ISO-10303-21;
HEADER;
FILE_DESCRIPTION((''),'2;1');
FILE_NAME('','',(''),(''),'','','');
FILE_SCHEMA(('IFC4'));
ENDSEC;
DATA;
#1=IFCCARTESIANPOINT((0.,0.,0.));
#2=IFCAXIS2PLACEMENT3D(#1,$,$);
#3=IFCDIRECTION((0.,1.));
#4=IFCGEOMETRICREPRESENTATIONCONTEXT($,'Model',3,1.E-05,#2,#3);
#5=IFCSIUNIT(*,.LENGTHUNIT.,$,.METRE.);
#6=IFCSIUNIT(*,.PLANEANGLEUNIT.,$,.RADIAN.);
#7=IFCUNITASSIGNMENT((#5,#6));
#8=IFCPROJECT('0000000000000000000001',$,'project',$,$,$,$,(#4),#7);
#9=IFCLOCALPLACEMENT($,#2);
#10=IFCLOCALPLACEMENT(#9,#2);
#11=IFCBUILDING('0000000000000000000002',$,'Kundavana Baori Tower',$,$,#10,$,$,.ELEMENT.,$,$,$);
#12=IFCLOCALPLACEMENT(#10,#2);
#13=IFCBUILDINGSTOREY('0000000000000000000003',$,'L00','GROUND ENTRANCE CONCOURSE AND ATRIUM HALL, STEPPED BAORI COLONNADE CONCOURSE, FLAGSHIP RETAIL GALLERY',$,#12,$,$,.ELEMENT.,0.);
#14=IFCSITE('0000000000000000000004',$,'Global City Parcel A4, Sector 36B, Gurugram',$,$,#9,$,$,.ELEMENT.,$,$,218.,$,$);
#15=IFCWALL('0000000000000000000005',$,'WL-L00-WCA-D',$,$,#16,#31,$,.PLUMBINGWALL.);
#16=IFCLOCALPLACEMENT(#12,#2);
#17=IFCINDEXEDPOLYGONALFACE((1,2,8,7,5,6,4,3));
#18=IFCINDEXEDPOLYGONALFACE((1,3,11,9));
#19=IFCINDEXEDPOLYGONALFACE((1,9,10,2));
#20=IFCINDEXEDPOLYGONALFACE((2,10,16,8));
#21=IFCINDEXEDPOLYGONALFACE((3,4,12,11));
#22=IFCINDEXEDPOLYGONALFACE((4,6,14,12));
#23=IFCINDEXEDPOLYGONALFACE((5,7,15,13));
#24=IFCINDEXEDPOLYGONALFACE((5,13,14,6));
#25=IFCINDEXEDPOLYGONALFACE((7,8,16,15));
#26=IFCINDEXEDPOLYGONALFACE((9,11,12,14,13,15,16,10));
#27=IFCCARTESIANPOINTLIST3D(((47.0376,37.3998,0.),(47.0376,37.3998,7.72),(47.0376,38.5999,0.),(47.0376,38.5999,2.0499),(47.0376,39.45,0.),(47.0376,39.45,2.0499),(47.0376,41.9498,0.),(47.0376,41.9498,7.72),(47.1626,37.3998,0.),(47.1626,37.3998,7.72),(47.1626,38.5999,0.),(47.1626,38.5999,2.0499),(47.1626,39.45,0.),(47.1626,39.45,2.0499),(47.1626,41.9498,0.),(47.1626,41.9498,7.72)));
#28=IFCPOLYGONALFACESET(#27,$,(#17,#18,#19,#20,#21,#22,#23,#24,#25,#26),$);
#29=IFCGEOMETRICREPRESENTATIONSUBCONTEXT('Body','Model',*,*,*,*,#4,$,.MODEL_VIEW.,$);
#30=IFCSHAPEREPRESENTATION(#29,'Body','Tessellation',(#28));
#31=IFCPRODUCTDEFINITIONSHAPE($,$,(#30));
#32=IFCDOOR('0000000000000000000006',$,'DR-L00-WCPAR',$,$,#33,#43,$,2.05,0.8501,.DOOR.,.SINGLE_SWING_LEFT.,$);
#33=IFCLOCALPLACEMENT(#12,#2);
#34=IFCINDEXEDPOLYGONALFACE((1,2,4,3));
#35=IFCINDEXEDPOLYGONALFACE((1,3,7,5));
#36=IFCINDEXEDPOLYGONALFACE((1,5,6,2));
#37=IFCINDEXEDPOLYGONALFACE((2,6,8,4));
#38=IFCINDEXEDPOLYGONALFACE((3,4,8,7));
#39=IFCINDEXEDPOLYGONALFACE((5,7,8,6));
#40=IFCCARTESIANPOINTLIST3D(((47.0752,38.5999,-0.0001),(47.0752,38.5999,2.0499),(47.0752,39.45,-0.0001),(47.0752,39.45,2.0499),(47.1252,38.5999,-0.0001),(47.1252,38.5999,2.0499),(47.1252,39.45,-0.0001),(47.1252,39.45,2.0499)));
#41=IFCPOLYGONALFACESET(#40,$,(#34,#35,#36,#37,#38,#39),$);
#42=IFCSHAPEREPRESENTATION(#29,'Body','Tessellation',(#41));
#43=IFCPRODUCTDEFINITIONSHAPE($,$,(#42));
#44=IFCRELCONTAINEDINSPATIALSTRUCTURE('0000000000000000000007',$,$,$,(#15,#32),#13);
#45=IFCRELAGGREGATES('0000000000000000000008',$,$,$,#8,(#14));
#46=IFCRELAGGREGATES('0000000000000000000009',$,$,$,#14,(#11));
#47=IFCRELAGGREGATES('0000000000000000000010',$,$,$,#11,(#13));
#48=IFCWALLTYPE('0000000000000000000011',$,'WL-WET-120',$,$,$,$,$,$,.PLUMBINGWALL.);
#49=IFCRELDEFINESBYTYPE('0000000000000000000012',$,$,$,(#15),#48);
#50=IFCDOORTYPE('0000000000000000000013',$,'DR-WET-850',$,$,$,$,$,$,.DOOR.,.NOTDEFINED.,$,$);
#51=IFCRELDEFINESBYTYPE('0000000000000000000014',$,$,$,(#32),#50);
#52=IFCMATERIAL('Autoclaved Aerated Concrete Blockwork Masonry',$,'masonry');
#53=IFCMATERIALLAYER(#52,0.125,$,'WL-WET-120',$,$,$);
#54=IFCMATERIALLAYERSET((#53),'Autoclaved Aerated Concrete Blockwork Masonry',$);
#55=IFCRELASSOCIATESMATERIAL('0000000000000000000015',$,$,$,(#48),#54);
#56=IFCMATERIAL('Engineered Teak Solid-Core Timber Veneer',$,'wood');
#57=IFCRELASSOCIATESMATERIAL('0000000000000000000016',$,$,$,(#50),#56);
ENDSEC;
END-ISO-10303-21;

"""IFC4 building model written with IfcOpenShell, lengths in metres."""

from ifc_helpers import new_model, si_unit, direction, frame, frame_2d, origin, place, context, subcontext, project, spatial, rectangle, extrude, material, layer, layer_set, type_object, element, fill, save


model = new_model("IFC4")

# Units and contexts
model_context = context("Model", 3, precision=1e-05, world=origin(), true_north=direction((0.0, 1.0)))
body_context = subcontext(model_context, "Body", "Model", "MODEL_VIEW")
ifc_project = project(units=[si_unit("LENGTHUNIT", "METRE"), si_unit("PLANEANGLEUNIT", "RADIAN")], contexts=[model_context])

# Site, building, storey
site_placement = place(None, origin())
site = spatial("IfcSite", under=ifc_project, at=site_placement, Name="Global City Parcel A4, Sector 36B, Gurugram", CompositionType="ELEMENT", RefElevation=218.0)
building_placement = place(site_placement, origin())
building = spatial("IfcBuilding", under=site, at=building_placement, Name="Kundavana Baori Tower", CompositionType="ELEMENT")
storey_placement = place(building_placement, origin())
storey = spatial("IfcBuildingStorey", under=building, at=storey_placement, Name="L00", Description="GROUND ENTRANCE CONCOURSE AND ATRIUM HALL, STEPPED BAORI COLONNADE CONCOURSE, FLAGSHIP RETAIL GALLERY", CompositionType="ELEMENT", Elevation=0.0)

# Wall, opening, door
ifc_material_1 = material(Name="Autoclaved Aerated Concrete Blockwork Masonry", Category="masonry")
ifc_layer_1 = layer(ifc_material_1, 0.125, Name="WL-WET-120")
ifc_layer_set_1 = layer_set([ifc_layer_1], Name="Autoclaved Aerated Concrete Blockwork Masonry")
wall_type_1 = type_object("IfcWallType", Name="WL-WET-120", PredefinedType="PLUMBINGWALL", material=ifc_layer_set_1)
wall_1_placement = place(storey_placement, frame((47.1001, 37.3999, 0.0), z_axis=(0.0, 0.0, 1.0), x_axis=(0.0, 1.0, 0.0)))
wall_1 = element("IfcWall", 1, at=wall_1_placement, inside=storey, type_object=wall_type_1, Name="WL-L00-WCA-D", PredefinedType="PLUMBINGWALL", context=body_context, shape_type="SweptSolid", body=[
    extrude(rectangle(XDim=4.55, YDim=0.125, at=frame_2d((2.2749, 0.0))), origin(), (0.0, 0.0, 1.0), 7.72),
])
opening_1_placement = place(wall_1_placement, frame((1.2, 0.0, 0.0)))
opening_1 = element("IfcOpeningElement", 2, at=opening_1_placement, cuts=wall_1, PredefinedType="OPENING", context=body_context, shape_type="SweptSolid", body=[
    extrude(rectangle(XDim=0.8501, YDim=2.05, at=frame_2d((0.425, 1.0249))), frame((0.0, 0.0725, 0.0), z_axis=(0.0, -1.0, 0.0), x_axis=(1.0, 0.0, 0.0)), (0.0, 0.0, 1.0), 0.145),
])
ifc_material_2 = material(Name="Engineered Teak Solid-Core Timber Veneer", Category="wood")
door_type_1 = type_object("IfcDoorType", Name="DR-WET-850", OperationType="NOTDEFINED", PredefinedType="DOOR", material=ifc_material_2)
door_1_placement = place(opening_1_placement, origin())
door_1 = element("IfcDoor", 3, at=door_1_placement, inside=storey, type_object=door_type_1, Name="DR-L00-WCPAR", OperationType="SINGLE_SWING_LEFT", OverallHeight=2.05, OverallWidth=0.8501, PredefinedType="DOOR", context=body_context, shape_type="SweptSolid", body=[
    extrude(rectangle(XDim=0.8501, YDim=2.05, at=frame_2d((0.425, 1.0249))), frame((0.0, 0.0249, 0.0), z_axis=(0.0, -1.0, 0.0), x_axis=(1.0, 0.0, 0.0)), (0.0, 0.0, 1.0), 0.05),
])
fill(opening_1, door_1)

save(model, "model.ifc")
